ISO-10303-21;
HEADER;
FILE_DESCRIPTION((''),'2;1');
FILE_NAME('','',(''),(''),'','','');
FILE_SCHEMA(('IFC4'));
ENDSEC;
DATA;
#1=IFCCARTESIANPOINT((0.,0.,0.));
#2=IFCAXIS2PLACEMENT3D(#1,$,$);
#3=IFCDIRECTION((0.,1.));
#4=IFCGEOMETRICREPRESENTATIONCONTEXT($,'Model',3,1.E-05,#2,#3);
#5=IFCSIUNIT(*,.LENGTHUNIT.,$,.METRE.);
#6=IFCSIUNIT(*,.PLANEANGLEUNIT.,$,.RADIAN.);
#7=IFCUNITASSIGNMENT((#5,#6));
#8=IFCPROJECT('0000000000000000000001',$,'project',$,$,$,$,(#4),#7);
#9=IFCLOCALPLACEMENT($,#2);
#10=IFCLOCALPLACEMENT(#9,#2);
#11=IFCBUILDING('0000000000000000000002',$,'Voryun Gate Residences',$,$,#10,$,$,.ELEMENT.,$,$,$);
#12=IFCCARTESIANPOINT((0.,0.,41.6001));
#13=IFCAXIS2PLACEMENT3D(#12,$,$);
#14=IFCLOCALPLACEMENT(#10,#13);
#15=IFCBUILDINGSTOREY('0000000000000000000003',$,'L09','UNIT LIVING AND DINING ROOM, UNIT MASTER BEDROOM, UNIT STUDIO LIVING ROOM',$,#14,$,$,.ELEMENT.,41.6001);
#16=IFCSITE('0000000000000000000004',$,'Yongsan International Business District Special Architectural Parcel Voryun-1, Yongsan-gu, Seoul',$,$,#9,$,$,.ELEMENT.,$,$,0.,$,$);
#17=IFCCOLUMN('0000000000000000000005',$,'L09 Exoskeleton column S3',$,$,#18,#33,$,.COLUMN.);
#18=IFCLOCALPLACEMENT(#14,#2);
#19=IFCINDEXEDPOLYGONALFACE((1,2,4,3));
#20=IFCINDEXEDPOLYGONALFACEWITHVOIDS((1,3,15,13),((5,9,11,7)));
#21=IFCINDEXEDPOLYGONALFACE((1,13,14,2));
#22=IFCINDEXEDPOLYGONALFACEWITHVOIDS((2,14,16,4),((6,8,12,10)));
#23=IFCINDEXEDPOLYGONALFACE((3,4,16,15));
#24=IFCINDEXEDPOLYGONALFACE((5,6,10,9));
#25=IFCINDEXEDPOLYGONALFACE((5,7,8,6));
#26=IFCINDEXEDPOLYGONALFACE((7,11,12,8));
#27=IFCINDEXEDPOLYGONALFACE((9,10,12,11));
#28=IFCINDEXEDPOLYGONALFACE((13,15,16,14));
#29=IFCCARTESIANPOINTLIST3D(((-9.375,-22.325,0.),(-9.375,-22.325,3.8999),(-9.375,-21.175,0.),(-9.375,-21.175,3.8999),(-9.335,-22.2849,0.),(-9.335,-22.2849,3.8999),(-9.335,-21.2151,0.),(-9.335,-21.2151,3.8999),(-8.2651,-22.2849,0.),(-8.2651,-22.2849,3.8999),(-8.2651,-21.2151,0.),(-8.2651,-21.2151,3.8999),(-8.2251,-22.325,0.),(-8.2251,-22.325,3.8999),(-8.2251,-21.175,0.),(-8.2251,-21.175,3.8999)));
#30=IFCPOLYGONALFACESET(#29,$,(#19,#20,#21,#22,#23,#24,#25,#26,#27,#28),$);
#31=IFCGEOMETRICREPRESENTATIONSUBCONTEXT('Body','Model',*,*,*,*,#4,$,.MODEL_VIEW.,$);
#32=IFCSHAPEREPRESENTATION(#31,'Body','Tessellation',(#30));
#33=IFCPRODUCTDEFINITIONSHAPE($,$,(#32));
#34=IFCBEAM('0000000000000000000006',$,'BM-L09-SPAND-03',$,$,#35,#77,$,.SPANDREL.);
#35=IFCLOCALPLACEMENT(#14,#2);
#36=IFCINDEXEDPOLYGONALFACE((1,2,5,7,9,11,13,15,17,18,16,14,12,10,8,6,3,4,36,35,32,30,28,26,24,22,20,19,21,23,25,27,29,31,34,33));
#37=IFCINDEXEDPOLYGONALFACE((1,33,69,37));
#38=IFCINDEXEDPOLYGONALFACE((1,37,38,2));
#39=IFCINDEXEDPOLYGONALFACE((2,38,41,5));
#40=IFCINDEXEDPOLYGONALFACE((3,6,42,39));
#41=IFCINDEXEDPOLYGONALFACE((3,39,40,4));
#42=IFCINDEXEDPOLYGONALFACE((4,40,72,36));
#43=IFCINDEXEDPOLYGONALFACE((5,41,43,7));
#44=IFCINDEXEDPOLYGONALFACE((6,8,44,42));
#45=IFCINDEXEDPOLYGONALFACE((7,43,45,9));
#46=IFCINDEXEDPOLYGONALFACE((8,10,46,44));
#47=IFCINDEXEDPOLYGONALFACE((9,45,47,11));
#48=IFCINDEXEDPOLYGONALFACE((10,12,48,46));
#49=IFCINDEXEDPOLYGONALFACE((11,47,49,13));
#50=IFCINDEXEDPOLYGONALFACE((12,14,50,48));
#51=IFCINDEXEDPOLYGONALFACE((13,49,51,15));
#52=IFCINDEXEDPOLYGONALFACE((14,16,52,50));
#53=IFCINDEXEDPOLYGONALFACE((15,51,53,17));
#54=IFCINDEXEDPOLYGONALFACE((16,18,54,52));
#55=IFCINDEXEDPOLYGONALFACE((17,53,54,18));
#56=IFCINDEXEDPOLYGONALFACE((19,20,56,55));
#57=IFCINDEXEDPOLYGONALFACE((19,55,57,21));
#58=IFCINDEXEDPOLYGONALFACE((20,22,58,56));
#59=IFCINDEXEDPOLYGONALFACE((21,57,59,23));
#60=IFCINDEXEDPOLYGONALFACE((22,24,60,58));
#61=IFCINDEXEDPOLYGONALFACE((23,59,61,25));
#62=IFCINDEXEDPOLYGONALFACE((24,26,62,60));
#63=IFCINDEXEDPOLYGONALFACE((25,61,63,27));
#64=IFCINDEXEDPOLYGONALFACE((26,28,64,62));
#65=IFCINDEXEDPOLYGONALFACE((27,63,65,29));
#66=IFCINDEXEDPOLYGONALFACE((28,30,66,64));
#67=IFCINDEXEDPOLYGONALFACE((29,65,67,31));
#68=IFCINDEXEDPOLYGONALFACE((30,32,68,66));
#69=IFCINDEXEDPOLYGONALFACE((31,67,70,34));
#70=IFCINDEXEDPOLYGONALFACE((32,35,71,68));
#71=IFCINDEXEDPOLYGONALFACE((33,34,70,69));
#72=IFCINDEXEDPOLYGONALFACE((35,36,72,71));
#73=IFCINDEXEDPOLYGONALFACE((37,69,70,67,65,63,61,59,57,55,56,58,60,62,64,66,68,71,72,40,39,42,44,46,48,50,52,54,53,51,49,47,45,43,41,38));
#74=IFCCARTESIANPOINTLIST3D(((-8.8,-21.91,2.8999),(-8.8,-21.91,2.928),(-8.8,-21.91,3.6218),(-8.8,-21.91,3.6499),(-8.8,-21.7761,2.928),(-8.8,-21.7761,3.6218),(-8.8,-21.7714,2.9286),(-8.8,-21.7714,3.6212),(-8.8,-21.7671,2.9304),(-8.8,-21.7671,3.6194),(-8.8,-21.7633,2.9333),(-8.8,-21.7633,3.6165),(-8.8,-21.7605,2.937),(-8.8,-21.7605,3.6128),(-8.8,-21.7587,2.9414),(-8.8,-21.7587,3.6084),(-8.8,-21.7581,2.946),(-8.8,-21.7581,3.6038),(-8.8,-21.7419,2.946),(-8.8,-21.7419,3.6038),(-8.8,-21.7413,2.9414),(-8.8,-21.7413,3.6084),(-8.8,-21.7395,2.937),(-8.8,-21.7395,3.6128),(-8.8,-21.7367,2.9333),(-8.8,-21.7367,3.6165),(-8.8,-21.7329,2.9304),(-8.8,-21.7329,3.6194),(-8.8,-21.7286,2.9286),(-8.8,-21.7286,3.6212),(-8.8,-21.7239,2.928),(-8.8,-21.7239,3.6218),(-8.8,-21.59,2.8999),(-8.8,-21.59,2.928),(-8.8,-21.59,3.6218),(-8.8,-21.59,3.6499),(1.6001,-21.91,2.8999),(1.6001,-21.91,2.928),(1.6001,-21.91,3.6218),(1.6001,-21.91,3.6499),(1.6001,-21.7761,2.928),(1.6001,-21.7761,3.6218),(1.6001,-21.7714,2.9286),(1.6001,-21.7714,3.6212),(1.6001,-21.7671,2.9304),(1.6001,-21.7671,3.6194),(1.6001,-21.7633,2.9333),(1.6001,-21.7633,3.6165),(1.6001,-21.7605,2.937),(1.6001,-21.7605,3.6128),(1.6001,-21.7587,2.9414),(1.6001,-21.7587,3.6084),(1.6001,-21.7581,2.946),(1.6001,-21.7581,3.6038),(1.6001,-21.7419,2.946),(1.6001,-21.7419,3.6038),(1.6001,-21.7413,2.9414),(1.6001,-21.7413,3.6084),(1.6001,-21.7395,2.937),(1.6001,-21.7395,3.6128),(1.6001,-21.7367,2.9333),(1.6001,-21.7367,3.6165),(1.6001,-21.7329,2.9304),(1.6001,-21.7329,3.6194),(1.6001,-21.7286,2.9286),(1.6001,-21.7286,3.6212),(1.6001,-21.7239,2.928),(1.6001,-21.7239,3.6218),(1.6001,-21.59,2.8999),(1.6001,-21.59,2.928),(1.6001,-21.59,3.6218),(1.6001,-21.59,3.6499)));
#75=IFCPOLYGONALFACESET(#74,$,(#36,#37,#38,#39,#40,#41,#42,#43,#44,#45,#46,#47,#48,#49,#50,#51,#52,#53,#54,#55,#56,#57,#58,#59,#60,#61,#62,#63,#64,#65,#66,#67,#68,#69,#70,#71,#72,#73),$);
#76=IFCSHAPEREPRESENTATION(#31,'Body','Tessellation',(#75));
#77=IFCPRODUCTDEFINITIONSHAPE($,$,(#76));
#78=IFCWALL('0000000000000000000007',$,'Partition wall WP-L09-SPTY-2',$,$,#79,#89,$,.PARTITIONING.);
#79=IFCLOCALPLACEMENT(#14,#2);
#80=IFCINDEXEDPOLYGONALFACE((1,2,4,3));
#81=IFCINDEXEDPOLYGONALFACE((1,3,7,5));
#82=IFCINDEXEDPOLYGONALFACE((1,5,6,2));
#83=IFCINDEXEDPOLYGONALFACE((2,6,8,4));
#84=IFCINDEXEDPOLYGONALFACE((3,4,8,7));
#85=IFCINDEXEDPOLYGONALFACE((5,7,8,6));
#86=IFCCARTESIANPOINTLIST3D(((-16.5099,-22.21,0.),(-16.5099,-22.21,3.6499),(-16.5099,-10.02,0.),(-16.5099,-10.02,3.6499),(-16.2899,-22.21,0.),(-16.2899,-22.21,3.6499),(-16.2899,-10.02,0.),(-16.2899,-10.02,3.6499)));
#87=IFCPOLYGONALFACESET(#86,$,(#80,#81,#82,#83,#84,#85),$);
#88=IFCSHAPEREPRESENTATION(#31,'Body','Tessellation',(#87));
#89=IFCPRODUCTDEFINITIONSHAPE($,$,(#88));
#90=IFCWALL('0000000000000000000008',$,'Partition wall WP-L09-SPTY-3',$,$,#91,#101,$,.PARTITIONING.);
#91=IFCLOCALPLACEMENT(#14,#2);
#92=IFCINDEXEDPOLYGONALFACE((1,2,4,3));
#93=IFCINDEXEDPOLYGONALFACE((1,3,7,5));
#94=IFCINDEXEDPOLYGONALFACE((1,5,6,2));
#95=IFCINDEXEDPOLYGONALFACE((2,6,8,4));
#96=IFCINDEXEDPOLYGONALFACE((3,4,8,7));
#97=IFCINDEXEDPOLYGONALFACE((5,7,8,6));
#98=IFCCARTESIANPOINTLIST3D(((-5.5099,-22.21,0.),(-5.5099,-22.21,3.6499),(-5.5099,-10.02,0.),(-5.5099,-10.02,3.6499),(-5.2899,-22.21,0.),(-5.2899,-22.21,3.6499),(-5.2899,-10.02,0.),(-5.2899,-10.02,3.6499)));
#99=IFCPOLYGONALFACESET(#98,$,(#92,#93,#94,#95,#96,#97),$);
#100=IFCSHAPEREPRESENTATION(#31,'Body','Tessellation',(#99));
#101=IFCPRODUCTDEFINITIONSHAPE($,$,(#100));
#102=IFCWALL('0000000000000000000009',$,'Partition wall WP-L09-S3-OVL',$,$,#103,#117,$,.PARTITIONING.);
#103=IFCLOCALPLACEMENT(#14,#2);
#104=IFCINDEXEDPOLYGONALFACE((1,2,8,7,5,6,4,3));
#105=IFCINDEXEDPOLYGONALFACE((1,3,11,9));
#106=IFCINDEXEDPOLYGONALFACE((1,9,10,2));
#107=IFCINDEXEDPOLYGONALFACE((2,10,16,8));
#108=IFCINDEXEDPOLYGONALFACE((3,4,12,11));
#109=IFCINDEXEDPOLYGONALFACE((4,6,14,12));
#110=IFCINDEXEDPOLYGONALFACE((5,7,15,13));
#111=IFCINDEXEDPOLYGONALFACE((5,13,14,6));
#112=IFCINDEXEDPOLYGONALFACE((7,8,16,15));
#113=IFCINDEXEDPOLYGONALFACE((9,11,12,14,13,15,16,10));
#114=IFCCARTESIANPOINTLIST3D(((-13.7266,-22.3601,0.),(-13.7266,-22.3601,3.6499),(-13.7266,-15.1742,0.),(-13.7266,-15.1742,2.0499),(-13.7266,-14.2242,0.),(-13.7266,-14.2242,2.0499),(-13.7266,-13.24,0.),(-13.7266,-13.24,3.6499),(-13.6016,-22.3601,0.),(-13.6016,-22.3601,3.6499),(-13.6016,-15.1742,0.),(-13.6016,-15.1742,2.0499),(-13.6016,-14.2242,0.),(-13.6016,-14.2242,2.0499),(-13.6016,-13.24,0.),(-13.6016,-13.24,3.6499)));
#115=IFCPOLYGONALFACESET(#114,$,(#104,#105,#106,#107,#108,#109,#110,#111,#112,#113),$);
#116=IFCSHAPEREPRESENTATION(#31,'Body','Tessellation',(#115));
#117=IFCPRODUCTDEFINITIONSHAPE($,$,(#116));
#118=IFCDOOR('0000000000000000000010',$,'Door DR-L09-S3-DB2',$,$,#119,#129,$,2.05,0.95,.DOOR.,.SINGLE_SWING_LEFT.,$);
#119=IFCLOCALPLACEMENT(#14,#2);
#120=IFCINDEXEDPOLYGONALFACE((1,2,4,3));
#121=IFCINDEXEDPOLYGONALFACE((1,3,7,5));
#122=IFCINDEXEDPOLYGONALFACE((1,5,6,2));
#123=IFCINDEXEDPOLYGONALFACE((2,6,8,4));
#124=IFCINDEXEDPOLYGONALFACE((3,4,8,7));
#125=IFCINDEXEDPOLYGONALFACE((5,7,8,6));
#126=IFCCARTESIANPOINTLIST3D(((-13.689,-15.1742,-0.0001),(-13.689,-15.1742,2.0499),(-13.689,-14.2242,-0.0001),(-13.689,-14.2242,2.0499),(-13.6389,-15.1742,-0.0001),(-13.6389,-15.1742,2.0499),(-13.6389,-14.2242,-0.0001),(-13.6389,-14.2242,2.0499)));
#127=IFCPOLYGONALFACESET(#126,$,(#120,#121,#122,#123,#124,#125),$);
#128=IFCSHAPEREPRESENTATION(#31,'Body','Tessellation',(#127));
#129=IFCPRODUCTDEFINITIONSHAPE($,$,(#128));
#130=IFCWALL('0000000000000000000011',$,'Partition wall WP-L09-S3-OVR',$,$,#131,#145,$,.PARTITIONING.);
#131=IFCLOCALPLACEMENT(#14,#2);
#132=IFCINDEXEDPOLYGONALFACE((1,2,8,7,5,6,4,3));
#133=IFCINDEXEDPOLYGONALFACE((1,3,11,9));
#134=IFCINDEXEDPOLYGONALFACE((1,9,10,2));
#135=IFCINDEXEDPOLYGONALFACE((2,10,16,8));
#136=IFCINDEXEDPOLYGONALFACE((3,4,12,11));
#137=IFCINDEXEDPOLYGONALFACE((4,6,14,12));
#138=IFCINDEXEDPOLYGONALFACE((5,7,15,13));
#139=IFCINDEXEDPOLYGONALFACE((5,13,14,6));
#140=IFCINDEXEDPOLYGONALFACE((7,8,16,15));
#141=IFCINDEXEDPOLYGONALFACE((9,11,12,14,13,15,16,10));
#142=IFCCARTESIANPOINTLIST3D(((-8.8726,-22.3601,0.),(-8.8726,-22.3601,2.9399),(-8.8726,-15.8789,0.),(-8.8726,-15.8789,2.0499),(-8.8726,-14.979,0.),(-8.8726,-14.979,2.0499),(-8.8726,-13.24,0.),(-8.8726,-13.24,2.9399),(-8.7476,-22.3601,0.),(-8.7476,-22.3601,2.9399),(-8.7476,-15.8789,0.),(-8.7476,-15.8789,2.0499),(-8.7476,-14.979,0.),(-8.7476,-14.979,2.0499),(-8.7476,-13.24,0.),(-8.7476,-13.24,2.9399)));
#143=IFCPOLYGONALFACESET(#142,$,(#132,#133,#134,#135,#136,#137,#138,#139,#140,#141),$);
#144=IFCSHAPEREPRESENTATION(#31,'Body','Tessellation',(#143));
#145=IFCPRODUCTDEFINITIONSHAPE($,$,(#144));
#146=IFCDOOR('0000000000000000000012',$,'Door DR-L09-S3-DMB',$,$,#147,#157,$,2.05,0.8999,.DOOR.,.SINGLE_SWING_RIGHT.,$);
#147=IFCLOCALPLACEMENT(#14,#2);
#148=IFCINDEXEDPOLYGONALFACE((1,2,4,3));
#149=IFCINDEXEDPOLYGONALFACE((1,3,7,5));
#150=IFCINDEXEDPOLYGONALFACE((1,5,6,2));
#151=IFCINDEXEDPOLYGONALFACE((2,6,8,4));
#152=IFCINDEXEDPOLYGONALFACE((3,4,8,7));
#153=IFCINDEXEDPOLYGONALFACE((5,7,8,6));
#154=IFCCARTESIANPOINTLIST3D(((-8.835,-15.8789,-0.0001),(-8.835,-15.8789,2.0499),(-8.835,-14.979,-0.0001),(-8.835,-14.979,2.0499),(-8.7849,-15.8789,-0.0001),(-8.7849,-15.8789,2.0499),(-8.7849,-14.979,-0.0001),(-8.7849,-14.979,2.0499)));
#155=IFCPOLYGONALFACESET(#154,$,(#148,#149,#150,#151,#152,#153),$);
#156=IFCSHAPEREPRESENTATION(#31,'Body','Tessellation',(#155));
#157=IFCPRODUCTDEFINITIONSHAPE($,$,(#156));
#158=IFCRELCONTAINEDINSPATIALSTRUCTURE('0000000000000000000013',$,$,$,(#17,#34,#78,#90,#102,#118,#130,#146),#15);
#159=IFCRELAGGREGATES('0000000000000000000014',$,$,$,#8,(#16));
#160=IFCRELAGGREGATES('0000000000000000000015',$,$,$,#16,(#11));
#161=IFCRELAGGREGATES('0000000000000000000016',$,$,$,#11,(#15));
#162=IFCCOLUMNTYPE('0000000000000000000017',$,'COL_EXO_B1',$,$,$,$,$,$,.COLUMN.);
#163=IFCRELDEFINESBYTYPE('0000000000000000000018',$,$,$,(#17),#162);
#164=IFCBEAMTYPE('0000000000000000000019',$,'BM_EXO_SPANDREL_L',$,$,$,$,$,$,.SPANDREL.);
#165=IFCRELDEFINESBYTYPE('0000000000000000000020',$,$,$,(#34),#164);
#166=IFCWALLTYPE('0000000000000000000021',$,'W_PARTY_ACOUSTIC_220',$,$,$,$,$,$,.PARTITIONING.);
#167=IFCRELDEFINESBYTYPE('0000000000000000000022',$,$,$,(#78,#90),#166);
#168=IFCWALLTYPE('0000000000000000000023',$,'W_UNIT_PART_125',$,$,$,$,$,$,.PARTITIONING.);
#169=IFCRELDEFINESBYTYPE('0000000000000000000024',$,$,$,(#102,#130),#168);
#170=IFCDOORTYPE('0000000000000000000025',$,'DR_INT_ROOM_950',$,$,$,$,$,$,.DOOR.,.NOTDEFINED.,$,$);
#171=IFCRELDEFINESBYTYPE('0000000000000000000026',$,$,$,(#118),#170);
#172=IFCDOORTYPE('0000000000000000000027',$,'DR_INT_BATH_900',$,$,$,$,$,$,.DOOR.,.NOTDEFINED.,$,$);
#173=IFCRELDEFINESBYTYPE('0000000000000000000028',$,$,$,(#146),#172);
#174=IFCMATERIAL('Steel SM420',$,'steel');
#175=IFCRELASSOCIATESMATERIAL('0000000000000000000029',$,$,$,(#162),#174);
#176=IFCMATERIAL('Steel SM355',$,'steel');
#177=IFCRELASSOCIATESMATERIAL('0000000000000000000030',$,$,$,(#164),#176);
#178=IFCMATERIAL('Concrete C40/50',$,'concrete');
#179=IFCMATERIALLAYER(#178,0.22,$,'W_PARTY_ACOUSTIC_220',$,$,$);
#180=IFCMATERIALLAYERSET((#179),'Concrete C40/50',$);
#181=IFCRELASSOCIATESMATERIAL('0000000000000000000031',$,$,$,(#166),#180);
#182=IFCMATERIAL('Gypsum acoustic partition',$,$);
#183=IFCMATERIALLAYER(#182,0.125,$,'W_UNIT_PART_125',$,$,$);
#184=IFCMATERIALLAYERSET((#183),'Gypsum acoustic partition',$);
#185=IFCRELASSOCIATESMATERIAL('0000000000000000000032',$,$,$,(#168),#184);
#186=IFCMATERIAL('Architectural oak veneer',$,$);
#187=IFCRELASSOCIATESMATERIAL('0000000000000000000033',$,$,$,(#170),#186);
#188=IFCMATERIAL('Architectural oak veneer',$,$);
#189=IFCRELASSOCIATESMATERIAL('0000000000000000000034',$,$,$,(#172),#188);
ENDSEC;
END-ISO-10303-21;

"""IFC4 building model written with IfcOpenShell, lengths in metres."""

from ifc_helpers import new_model, si_unit, direction, frame, frame_2d, origin, origin_2d, place, context, subcontext, project, spatial, rectangle, hollow_rectangle, i_section, extrude, material, layer, layer_set, material_profile, profile_set, type_object, element, fill, save


model = new_model("IFC4")

# Units and contexts
model_context = context("Model", 3, precision=1e-05, world=origin(), true_north=direction((0.0, 1.0)))
body_context = subcontext(model_context, "Body", "Model", "MODEL_VIEW")
ifc_project = project(units=[si_unit("LENGTHUNIT", "METRE"), si_unit("PLANEANGLEUNIT", "RADIAN")], contexts=[model_context])

# Site, building, storey
site_placement = place(None, origin())
site = spatial("IfcSite", under=ifc_project, at=site_placement, Name="Yongsan International Business District Special Architectural Parcel Voryun-1, Yongsan-gu, Seoul", CompositionType="ELEMENT", RefElevation=0.0)
building_placement = place(site_placement, origin())
building = spatial("IfcBuilding", under=site, at=building_placement, Name="Voryun Gate Residences", CompositionType="ELEMENT")
storey_placement = place(building_placement, frame((0.0, 0.0, 41.6001)))
storey = spatial("IfcBuildingStorey", under=building, at=storey_placement, Name="L09", Description="UNIT LIVING AND DINING ROOM, UNIT MASTER BEDROOM, UNIT STUDIO LIVING ROOM", CompositionType="ELEMENT", Elevation=41.6001)

# Column
ifc_material_1 = material(Name="Steel SM420", Category="steel")
ifc_material_profile_1 = material_profile(ifc_material_1, hollow_rectangle(XDim=1.1499, YDim=1.1499, WallThickness=0.04, at=origin_2d()), Name="BOX-1150x1150x40")
ifc_profile_set_1 = profile_set([ifc_material_profile_1], Name="Steel SM420")
column_type = type_object("IfcColumnType", Name="COL_EXO_B1", PredefinedType="COLUMN", material=ifc_profile_set_1)
column_placement = place(storey_placement, frame((-8.8, -21.75, 0.0), z_axis=(0.0, 0.0, 1.0), x_axis=(1.0, 0.0, 0.0)))
element("IfcColumn", 1, at=column_placement, inside=storey, type_object=column_type, Name="L09 Exoskeleton column S3", PredefinedType="COLUMN", context=body_context, shape_type="SweptSolid", body=[
    extrude(hollow_rectangle(XDim=1.1499, YDim=1.1499, WallThickness=0.04, at=origin_2d()), origin(), (0.0, 0.0, 1.0), 3.8999),
])

# Beam
ifc_material_2 = material(Name="Steel SM355", Category="steel")
ifc_material_profile_2 = material_profile(ifc_material_2, i_section(OverallWidth=0.3201, OverallDepth=0.75, WebThickness=0.0161, FlangeThickness=0.0281, FilletRadius=0.0181, at=origin_2d()), Name="H-750x320x16x28")
ifc_profile_set_2 = profile_set([ifc_material_profile_2], Name="Steel SM355")
beam_type = type_object("IfcBeamType", Name="BM_EXO_SPANDREL_L", PredefinedType="SPANDREL", material=ifc_profile_set_2)
beam_placement = place(storey_placement, frame((-8.8, -21.75, 3.2749), z_axis=(1.0, 0.0, 0.0), x_axis=(0.0, 1.0, 0.0)))
element("IfcBeam", 2, at=beam_placement, inside=storey, type_object=beam_type, Name="BM-L09-SPAND-03", PredefinedType="SPANDREL", context=body_context, shape_type="SweptSolid", body=[
    extrude(i_section(OverallWidth=0.3201, OverallDepth=0.75, WebThickness=0.0161, FlangeThickness=0.0281, FilletRadius=0.0181, at=origin_2d()), origin(), (0.0, 0.0, 1.0), 10.4001),
])

# Walls
ifc_material_3 = material(Name="Concrete C40/50", Category="concrete")
ifc_layer_1 = layer(ifc_material_3, 0.22, Name="W_PARTY_ACOUSTIC_220")
ifc_layer_set_1 = layer_set([ifc_layer_1], Name="Concrete C40/50")
wall_type_1 = type_object("IfcWallType", Name="W_PARTY_ACOUSTIC_220", PredefinedType="PARTITIONING", material=ifc_layer_set_1)
for number, where, z_axis, x_axis, name in (
    (3, (-16.3999, -22.21, 0.0), (0.0, 0.0, 1.0), (0.0, 1.0, 0.0), "Partition wall WP-L09-SPTY-2"),
    (4, (-5.3999, -22.21, 0.0), (0.0, 0.0, 1.0), (0.0, 1.0, 0.0), "Partition wall WP-L09-SPTY-3"),
):
    element("IfcWall", number, at=place(storey_placement, frame(where, z_axis=z_axis, x_axis=x_axis)), inside=storey, type_object=wall_type_1, Name=name, PredefinedType="PARTITIONING", context=body_context, shape_type="SweptSolid", body=[
        extrude(rectangle(XDim=12.1899, YDim=0.22, at=frame_2d((6.095, 0.0))), origin(), (0.0, 0.0, 1.0), 3.6499),
    ])

# Walls, openings, doors
ifc_material_4 = material(Name="Gypsum acoustic partition")
ifc_layer_2 = layer(ifc_material_4, 0.125, Name="W_UNIT_PART_125")
ifc_layer_set_2 = layer_set([ifc_layer_2], Name="Gypsum acoustic partition")
wall_type_2 = type_object("IfcWallType", Name="W_UNIT_PART_125", PredefinedType="PARTITIONING", material=ifc_layer_set_2)
wall_1_placement = place(storey_placement, frame((-13.6641, -22.3601, 0.0), z_axis=(0.0, 0.0, 1.0), x_axis=(0.0, 1.0, 0.0)))
wall_1 = element("IfcWall", 5, at=wall_1_placement, inside=storey, type_object=wall_type_2, Name="Partition wall WP-L09-S3-OVL", PredefinedType="PARTITIONING", context=body_context, shape_type="SweptSolid", body=[
    extrude(rectangle(XDim=9.1201, YDim=0.125, at=frame_2d((4.5601, 0.0))), origin(), (0.0, 0.0, 1.0), 3.6499),
])
opening_1_placement = place(wall_1_placement, frame((7.1858, 0.0, 0.0)))
opening_1 = element("IfcOpeningElement", 6, at=opening_1_placement, cuts=wall_1, PredefinedType="OPENING", context=body_context, shape_type="SweptSolid", body=[
    extrude(rectangle(XDim=0.95, YDim=2.05, at=frame_2d((0.4751, 1.0249))), frame((0.0, 0.0725, 0.0), z_axis=(0.0, -1.0, 0.0), x_axis=(1.0, 0.0, 0.0)), (0.0, 0.0, 1.0), 0.145),
])
ifc_material_5 = material(Name="Architectural oak veneer")
door_type_1 = type_object("IfcDoorType", Name="DR_INT_ROOM_950", OperationType="NOTDEFINED", PredefinedType="DOOR", material=ifc_material_5)
door_1_placement = place(opening_1_placement, origin())
door_1 = element("IfcDoor", 7, at=door_1_placement, inside=storey, type_object=door_type_1, Name="Door DR-L09-S3-DB2", OperationType="SINGLE_SWING_LEFT", OverallHeight=2.05, OverallWidth=0.95, PredefinedType="DOOR", context=body_context, shape_type="SweptSolid", body=[
    extrude(rectangle(XDim=0.95, YDim=2.05, at=frame_2d((0.4751, 1.0249))), frame((0.0, 0.0249, 0.0), z_axis=(0.0, -1.0, 0.0), x_axis=(1.0, 0.0, 0.0)), (0.0, 0.0, 1.0), 0.05),
])
fill(opening_1, door_1)
wall_2_placement = place(storey_placement, frame((-8.8101, -22.3601, 0.0), z_axis=(0.0, 0.0, 1.0), x_axis=(0.0, 1.0, 0.0)))
wall_2 = element("IfcWall", 8, at=wall_2_placement, inside=storey, type_object=wall_type_2, Name="Partition wall WP-L09-S3-OVR", PredefinedType="PARTITIONING", context=body_context, shape_type="SweptSolid", body=[
    extrude(rectangle(XDim=9.1201, YDim=0.125, at=frame_2d((4.5601, 0.0))), origin(), (0.0, 0.0, 1.0), 2.9399),
])
opening_2_placement = place(wall_2_placement, frame((6.4812, 0.0, 0.0)))
opening_2 = element("IfcOpeningElement", 9, at=opening_2_placement, cuts=wall_2, PredefinedType="OPENING", context=body_context, shape_type="SweptSolid", body=[
    extrude(rectangle(XDim=0.8999, YDim=2.05, at=frame_2d((0.45, 1.0249))), frame((0.0, 0.0725, 0.0), z_axis=(0.0, -1.0, 0.0), x_axis=(1.0, 0.0, 0.0)), (0.0, 0.0, 1.0), 0.145),
])
ifc_material_6 = material(Name="Architectural oak veneer")
door_type_2 = type_object("IfcDoorType", Name="DR_INT_BATH_900", OperationType="NOTDEFINED", PredefinedType="DOOR", material=ifc_material_6)
door_2_placement = place(opening_2_placement, origin())
door_2 = element("IfcDoor", 10, at=door_2_placement, inside=storey, type_object=door_type_2, Name="Door DR-L09-S3-DMB", OperationType="SINGLE_SWING_RIGHT", OverallHeight=2.05, OverallWidth=0.8999, PredefinedType="DOOR", context=body_context, shape_type="SweptSolid", body=[
    extrude(rectangle(XDim=0.8999, YDim=2.05, at=frame_2d((0.45, 1.0249))), frame((0.0, 0.0249, 0.0), z_axis=(0.0, -1.0, 0.0), x_axis=(1.0, 0.0, 0.0)), (0.0, 0.0, 1.0), 0.05),
])
fill(opening_2, door_2)

save(model, "model.ifc")
